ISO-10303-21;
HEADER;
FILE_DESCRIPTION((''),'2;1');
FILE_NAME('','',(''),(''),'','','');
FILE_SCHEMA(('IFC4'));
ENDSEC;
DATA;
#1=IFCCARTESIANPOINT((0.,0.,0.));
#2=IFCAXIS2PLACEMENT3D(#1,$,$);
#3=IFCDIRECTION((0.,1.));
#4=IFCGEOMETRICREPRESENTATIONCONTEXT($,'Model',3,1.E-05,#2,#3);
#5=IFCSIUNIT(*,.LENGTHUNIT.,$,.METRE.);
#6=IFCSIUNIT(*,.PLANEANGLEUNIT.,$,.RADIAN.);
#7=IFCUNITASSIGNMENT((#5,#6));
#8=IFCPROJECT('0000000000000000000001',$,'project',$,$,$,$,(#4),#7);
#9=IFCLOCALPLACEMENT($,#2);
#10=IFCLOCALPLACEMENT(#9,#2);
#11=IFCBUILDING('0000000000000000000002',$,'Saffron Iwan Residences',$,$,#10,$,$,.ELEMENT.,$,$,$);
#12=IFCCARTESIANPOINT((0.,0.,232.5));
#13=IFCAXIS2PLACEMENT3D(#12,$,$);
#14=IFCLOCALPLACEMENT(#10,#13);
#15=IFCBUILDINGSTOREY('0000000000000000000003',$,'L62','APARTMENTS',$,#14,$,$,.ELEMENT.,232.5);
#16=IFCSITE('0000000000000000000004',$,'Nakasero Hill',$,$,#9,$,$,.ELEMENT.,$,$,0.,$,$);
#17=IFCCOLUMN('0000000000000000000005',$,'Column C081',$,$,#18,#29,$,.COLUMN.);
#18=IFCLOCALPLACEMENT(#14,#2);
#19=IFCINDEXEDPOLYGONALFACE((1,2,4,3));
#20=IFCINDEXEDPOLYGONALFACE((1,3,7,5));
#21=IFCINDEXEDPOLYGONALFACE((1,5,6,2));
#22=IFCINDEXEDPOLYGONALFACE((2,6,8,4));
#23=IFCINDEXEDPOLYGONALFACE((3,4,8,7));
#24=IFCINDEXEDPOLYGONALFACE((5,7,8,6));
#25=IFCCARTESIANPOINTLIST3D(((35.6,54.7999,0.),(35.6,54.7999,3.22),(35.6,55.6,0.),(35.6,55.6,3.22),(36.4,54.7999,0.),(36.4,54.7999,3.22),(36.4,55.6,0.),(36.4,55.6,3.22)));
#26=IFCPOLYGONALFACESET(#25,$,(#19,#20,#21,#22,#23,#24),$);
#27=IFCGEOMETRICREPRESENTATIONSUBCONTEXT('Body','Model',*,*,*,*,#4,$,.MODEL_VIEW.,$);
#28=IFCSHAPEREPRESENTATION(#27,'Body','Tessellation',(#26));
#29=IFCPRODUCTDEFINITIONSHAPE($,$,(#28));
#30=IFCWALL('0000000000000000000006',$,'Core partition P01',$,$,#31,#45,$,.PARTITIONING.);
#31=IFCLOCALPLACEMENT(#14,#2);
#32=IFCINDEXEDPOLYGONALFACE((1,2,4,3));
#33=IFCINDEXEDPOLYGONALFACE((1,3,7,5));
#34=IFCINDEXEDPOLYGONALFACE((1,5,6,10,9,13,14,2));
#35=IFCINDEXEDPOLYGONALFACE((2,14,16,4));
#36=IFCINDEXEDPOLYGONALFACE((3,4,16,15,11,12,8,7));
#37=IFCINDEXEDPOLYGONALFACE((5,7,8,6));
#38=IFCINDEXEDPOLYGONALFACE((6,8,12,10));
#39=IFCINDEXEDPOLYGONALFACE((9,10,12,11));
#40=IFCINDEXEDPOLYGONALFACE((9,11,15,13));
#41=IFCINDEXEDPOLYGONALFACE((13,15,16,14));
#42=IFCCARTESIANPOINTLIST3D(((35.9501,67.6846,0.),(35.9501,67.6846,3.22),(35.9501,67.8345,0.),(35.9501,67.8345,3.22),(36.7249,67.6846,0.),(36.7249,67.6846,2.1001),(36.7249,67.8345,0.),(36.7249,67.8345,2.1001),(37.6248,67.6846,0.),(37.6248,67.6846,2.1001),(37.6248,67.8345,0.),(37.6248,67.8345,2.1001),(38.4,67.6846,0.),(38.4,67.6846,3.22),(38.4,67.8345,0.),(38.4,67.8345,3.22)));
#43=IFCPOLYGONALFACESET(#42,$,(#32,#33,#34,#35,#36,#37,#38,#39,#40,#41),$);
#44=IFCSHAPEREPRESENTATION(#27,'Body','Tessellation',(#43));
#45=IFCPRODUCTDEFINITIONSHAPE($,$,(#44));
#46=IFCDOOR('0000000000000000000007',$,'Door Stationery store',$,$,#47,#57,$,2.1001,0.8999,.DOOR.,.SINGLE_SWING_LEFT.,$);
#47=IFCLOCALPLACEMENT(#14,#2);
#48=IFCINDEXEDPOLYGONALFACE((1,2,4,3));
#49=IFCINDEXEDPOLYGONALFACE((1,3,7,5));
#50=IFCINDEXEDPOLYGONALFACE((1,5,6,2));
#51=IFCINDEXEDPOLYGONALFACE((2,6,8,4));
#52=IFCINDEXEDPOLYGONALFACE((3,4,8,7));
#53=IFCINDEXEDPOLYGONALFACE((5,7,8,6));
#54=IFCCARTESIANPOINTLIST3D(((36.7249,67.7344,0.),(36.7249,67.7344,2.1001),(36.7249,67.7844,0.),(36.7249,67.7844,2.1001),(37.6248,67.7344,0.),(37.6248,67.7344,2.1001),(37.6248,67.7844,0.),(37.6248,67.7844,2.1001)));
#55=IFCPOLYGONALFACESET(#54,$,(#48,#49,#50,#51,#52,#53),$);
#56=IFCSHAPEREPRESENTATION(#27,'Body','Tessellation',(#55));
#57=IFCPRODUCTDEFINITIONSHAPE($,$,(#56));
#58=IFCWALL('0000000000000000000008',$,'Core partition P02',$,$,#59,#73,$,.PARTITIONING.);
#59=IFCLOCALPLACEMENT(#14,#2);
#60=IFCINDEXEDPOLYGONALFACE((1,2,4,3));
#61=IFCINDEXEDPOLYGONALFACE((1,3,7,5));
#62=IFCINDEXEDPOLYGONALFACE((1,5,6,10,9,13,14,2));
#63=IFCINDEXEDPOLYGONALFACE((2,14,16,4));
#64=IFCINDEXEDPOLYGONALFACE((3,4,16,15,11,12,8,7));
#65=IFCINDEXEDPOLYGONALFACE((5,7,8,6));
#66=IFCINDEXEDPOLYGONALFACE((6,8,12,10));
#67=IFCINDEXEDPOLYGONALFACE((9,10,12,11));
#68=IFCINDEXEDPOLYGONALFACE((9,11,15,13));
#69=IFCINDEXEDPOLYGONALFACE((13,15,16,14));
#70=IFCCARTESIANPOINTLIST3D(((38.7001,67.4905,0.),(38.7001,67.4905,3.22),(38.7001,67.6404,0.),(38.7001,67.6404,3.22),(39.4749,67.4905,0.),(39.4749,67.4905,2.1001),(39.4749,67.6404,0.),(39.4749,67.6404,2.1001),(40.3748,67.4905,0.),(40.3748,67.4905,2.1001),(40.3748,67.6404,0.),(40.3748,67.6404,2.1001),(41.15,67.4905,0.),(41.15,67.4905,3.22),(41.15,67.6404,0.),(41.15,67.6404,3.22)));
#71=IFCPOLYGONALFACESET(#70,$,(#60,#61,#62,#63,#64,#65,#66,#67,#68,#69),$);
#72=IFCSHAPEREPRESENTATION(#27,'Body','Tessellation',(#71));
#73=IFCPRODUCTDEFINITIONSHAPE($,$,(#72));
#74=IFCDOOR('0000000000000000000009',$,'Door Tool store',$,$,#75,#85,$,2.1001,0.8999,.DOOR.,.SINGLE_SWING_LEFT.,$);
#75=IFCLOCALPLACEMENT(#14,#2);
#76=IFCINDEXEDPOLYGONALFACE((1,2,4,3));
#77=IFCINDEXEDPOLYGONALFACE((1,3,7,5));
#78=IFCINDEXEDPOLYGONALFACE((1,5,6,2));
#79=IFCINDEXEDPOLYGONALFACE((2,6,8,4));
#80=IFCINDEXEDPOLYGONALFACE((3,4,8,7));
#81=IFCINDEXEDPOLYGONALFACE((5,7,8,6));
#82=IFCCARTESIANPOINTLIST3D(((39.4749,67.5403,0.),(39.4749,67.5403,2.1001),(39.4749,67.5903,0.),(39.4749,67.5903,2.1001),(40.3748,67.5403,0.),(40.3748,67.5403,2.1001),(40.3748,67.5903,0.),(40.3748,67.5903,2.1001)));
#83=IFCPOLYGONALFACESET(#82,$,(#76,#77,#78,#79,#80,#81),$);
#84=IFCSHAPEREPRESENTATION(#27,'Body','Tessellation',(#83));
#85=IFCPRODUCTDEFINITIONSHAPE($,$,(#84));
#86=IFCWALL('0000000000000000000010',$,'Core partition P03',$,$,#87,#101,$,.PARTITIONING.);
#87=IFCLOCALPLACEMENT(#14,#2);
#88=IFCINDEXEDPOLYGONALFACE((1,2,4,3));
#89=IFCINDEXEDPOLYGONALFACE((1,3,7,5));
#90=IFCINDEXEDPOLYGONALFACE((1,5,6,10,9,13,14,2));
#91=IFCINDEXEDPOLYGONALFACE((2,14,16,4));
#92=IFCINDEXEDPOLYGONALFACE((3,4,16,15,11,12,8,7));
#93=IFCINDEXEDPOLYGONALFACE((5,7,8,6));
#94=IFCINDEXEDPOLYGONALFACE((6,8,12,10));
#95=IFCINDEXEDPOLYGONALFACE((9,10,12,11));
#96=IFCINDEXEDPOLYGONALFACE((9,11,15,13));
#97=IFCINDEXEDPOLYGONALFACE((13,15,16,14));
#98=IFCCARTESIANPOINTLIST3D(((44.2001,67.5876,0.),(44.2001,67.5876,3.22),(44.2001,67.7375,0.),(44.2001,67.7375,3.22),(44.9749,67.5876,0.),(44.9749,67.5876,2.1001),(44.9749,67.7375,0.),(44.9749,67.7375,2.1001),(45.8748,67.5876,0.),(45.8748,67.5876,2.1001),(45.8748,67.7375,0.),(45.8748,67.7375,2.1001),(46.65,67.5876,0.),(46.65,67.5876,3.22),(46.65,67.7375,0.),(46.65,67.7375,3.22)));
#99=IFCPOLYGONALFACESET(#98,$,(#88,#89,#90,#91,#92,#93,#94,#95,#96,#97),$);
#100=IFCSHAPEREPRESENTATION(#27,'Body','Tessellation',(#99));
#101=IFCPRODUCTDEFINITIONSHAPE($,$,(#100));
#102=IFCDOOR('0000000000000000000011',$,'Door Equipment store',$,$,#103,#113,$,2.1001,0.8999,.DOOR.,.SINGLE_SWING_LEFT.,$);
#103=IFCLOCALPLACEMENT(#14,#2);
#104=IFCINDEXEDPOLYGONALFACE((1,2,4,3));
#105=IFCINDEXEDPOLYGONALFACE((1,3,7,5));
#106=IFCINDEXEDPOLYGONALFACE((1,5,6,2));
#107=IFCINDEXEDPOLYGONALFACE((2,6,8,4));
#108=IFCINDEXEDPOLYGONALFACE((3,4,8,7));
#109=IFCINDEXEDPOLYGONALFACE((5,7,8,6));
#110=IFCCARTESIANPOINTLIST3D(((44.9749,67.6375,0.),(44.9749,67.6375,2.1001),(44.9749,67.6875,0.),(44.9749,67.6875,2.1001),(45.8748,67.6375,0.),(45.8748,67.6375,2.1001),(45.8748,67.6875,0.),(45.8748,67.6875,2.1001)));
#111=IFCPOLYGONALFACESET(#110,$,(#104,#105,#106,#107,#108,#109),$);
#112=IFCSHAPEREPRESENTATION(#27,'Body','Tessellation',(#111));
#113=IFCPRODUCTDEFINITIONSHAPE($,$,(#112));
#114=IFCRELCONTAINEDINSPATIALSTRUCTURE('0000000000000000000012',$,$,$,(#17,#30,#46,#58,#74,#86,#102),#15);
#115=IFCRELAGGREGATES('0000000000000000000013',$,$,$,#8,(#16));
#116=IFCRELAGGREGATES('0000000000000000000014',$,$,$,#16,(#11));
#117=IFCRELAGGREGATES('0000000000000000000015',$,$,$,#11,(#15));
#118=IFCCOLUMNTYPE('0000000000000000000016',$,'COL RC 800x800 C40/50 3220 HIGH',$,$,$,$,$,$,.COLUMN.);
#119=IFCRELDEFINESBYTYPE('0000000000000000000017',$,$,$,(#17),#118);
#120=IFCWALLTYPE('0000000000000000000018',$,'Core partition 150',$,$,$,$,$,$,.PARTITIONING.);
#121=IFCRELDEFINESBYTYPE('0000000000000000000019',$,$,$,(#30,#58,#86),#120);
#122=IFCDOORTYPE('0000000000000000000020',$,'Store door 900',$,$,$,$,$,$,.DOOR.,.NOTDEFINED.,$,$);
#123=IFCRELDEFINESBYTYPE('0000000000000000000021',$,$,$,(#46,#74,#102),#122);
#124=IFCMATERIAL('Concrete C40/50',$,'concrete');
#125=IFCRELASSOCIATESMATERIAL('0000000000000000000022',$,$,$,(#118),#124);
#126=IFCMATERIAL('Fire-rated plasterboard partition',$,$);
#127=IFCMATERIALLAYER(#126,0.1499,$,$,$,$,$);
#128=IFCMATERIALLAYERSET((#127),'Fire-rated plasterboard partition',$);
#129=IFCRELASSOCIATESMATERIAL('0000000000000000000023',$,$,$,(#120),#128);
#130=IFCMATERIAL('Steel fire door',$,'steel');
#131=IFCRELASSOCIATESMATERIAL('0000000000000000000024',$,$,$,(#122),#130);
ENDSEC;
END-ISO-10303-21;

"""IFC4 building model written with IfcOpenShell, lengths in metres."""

from ifc_helpers import new_model, si_unit, direction, frame, frame_2d, origin, origin_2d, place, context, subcontext, project, spatial, rectangle, extrude, source, transform, mapped, material, layer, layer_set, material_profile, profile_set, type_object, element, fill, save


model = new_model("IFC4")

# Units and contexts
model_context = context("Model", 3, precision=1e-05, world=origin(), true_north=direction((0.0, 1.0)))
body_context = subcontext(model_context, "Body", "Model", "MODEL_VIEW")
ifc_project = project(units=[si_unit("LENGTHUNIT", "METRE"), si_unit("PLANEANGLEUNIT", "RADIAN")], contexts=[model_context])

# Site, building, storey
site_placement = place(None, origin())
site = spatial("IfcSite", under=ifc_project, at=site_placement, Name="Nakasero Hill", CompositionType="ELEMENT", RefElevation=0.0)
building_placement = place(site_placement, origin())
building = spatial("IfcBuilding", under=site, at=building_placement, Name="Saffron Iwan Residences", CompositionType="ELEMENT")
storey_placement = place(building_placement, frame((0.0, 0.0, 232.5)))
storey = spatial("IfcBuildingStorey", under=building, at=storey_placement, Name="L62", Description="APARTMENTS", CompositionType="ELEMENT", Elevation=232.5)

# Column
ifc_material_1 = material(Name="Concrete C40/50", Category="concrete")
ifc_material_profile = material_profile(ifc_material_1, rectangle(XDim=0.8, YDim=0.8, at=origin_2d()), Name="RC 800x800")
ifc_profile_set = profile_set([ifc_material_profile], Name="Concrete C40/50")
column_type = type_object("IfcColumnType", Name="COL RC 800x800 C40/50 3220 HIGH", PredefinedType="COLUMN", material=ifc_profile_set)
shared_shape = source(origin(), body_context, "Body", "SweptSolid", [
    extrude(rectangle(XDim=0.8, YDim=0.8, at=origin_2d()), origin(), (0.0, 0.0, 1.0), 3.22),
])
column_placement = place(storey_placement, frame((36.0, 55.2, 0.0), z_axis=(0.0, 0.0, 1.0), x_axis=(1.0, 0.0, 0.0)))
element("IfcColumn", 1, at=column_placement, inside=storey, type_object=column_type, Name="Column C081", PredefinedType="COLUMN", context=body_context, shape_type="MappedRepresentation", body=[
    mapped(shared_shape, transform((0.0, 0.0, 0.0))),
])

# Walls, openings, doors
ifc_material_2 = material(Name="Fire-rated plasterboard partition")
ifc_layer_1 = layer(ifc_material_2, 0.1499)
ifc_layer_set_1 = layer_set([ifc_layer_1], Name="Fire-rated plasterboard partition")
wall_type_1 = type_object("IfcWallType", Name="Core partition 150", PredefinedType="PARTITIONING", material=ifc_layer_set_1)
wall_1_placement = place(storey_placement, frame((35.95, 67.7595, 0.0), z_axis=(0.0, 0.0, 1.0), x_axis=(1.0, 0.0, 0.0)))
wall_1 = element("IfcWall", 2, at=wall_1_placement, inside=storey, type_object=wall_type_1, Name="Core partition P01", PredefinedType="PARTITIONING", context=body_context, shape_type="SweptSolid", body=[
    extrude(rectangle(XDim=2.45, YDim=0.1499, at=frame_2d((1.2251, 0.0))), origin(), (0.0, 0.0, 1.0), 3.22),
])
opening_1_placement = place(wall_1_placement, frame((0.7749, 0.0, 0.0)))
opening_1 = element("IfcOpeningElement", 3, at=opening_1_placement, cuts=wall_1, PredefinedType="OPENING", context=body_context, shape_type="SweptSolid", body=[
    extrude(rectangle(XDim=0.8999, YDim=2.1001, at=frame_2d((0.45, 1.05))), frame((0.0, 0.085, 0.0), z_axis=(0.0, -1.0, 0.0), x_axis=(1.0, 0.0, 0.0)), (0.0, 0.0, 1.0), 0.1699),
])
ifc_material_3 = material(Name="Steel fire door", Category="steel")
door_type_1 = type_object("IfcDoorType", Name="Store door 900", OperationType="NOTDEFINED", PredefinedType="DOOR", material=ifc_material_3)
door_1_placement = place(opening_1_placement, origin())
door_1 = element("IfcDoor", 4, at=door_1_placement, inside=storey, type_object=door_type_1, Name="Door Stationery store", OperationType="SINGLE_SWING_LEFT", OverallHeight=2.1001, OverallWidth=0.8999, PredefinedType="DOOR", context=body_context, shape_type="SweptSolid", body=[
    extrude(rectangle(XDim=0.8999, YDim=2.1001, at=frame_2d((0.45, 1.05))), frame((0.0, 0.0249, 0.0), z_axis=(0.0, -1.0, 0.0), x_axis=(1.0, 0.0, 0.0)), (0.0, 0.0, 1.0), 0.05),
])
fill(opening_1, door_1)
wall_2_placement = place(storey_placement, frame((38.7, 67.5654, 0.0), z_axis=(0.0, 0.0, 1.0), x_axis=(1.0, 0.0, 0.0)))
wall_2 = element("IfcWall", 5, at=wall_2_placement, inside=storey, type_object=wall_type_1, Name="Core partition P02", PredefinedType="PARTITIONING", context=body_context, shape_type="SweptSolid", body=[
    extrude(rectangle(XDim=2.45, YDim=0.1499, at=frame_2d((1.2251, 0.0))), origin(), (0.0, 0.0, 1.0), 3.22),
])
opening_2_placement = place(wall_2_placement, frame((0.7749, 0.0, 0.0)))
opening_2 = element("IfcOpeningElement", 6, at=opening_2_placement, cuts=wall_2, PredefinedType="OPENING", context=body_context, shape_type="SweptSolid", body=[
    extrude(rectangle(XDim=0.8999, YDim=2.1001, at=frame_2d((0.45, 1.05))), frame((0.0, 0.085, 0.0), z_axis=(0.0, -1.0, 0.0), x_axis=(1.0, 0.0, 0.0)), (0.0, 0.0, 1.0), 0.1699),
])
door_2_placement = place(opening_2_placement, origin())
door_2 = element("IfcDoor", 7, at=door_2_placement, inside=storey, type_object=door_type_1, Name="Door Tool store", OperationType="SINGLE_SWING_LEFT", OverallHeight=2.1001, OverallWidth=0.8999, PredefinedType="DOOR", context=body_context, shape_type="SweptSolid", body=[
    extrude(rectangle(XDim=0.8999, YDim=2.1001, at=frame_2d((0.45, 1.05))), frame((0.0, 0.0249, 0.0), z_axis=(0.0, -1.0, 0.0), x_axis=(1.0, 0.0, 0.0)), (0.0, 0.0, 1.0), 0.05),
])
fill(opening_2, door_2)
wall_3_placement = place(storey_placement, frame((44.2, 67.6626, 0.0), z_axis=(0.0, 0.0, 1.0), x_axis=(1.0, 0.0, 0.0)))
wall_3 = element("IfcWall", 8, at=wall_3_placement, inside=storey, type_object=wall_type_1, Name="Core partition P03", PredefinedType="PARTITIONING", context=body_context, shape_type="SweptSolid", body=[
    extrude(rectangle(XDim=2.45, YDim=0.1499, at=frame_2d((1.2251, 0.0))), origin(), (0.0, 0.0, 1.0), 3.22),
])
opening_3_placement = place(wall_3_placement, frame((0.7749, 0.0, 0.0)))
opening_3 = element("IfcOpeningElement", 9, at=opening_3_placement, cuts=wall_3, PredefinedType="OPENING", context=body_context, shape_type="SweptSolid", body=[
    extrude(rectangle(XDim=0.8999, YDim=2.1001, at=frame_2d((0.45, 1.05))), frame((0.0, 0.085, 0.0), z_axis=(0.0, -1.0, 0.0), x_axis=(1.0, 0.0, 0.0)), (0.0, 0.0, 1.0), 0.1699),
])
door_3_placement = place(opening_3_placement, origin())
door_3 = element("IfcDoor", 10, at=door_3_placement, inside=storey, type_object=door_type_1, Name="Door Equipment store", OperationType="SINGLE_SWING_LEFT", OverallHeight=2.1001, OverallWidth=0.8999, PredefinedType="DOOR", context=body_context, shape_type="SweptSolid", body=[
    extrude(rectangle(XDim=0.8999, YDim=2.1001, at=frame_2d((0.45, 1.05))), frame((0.0, 0.0249, 0.0), z_axis=(0.0, -1.0, 0.0), x_axis=(1.0, 0.0, 0.0)), (0.0, 0.0, 1.0), 0.05),
])
fill(opening_3, door_3)

save(model, "model.ifc")
